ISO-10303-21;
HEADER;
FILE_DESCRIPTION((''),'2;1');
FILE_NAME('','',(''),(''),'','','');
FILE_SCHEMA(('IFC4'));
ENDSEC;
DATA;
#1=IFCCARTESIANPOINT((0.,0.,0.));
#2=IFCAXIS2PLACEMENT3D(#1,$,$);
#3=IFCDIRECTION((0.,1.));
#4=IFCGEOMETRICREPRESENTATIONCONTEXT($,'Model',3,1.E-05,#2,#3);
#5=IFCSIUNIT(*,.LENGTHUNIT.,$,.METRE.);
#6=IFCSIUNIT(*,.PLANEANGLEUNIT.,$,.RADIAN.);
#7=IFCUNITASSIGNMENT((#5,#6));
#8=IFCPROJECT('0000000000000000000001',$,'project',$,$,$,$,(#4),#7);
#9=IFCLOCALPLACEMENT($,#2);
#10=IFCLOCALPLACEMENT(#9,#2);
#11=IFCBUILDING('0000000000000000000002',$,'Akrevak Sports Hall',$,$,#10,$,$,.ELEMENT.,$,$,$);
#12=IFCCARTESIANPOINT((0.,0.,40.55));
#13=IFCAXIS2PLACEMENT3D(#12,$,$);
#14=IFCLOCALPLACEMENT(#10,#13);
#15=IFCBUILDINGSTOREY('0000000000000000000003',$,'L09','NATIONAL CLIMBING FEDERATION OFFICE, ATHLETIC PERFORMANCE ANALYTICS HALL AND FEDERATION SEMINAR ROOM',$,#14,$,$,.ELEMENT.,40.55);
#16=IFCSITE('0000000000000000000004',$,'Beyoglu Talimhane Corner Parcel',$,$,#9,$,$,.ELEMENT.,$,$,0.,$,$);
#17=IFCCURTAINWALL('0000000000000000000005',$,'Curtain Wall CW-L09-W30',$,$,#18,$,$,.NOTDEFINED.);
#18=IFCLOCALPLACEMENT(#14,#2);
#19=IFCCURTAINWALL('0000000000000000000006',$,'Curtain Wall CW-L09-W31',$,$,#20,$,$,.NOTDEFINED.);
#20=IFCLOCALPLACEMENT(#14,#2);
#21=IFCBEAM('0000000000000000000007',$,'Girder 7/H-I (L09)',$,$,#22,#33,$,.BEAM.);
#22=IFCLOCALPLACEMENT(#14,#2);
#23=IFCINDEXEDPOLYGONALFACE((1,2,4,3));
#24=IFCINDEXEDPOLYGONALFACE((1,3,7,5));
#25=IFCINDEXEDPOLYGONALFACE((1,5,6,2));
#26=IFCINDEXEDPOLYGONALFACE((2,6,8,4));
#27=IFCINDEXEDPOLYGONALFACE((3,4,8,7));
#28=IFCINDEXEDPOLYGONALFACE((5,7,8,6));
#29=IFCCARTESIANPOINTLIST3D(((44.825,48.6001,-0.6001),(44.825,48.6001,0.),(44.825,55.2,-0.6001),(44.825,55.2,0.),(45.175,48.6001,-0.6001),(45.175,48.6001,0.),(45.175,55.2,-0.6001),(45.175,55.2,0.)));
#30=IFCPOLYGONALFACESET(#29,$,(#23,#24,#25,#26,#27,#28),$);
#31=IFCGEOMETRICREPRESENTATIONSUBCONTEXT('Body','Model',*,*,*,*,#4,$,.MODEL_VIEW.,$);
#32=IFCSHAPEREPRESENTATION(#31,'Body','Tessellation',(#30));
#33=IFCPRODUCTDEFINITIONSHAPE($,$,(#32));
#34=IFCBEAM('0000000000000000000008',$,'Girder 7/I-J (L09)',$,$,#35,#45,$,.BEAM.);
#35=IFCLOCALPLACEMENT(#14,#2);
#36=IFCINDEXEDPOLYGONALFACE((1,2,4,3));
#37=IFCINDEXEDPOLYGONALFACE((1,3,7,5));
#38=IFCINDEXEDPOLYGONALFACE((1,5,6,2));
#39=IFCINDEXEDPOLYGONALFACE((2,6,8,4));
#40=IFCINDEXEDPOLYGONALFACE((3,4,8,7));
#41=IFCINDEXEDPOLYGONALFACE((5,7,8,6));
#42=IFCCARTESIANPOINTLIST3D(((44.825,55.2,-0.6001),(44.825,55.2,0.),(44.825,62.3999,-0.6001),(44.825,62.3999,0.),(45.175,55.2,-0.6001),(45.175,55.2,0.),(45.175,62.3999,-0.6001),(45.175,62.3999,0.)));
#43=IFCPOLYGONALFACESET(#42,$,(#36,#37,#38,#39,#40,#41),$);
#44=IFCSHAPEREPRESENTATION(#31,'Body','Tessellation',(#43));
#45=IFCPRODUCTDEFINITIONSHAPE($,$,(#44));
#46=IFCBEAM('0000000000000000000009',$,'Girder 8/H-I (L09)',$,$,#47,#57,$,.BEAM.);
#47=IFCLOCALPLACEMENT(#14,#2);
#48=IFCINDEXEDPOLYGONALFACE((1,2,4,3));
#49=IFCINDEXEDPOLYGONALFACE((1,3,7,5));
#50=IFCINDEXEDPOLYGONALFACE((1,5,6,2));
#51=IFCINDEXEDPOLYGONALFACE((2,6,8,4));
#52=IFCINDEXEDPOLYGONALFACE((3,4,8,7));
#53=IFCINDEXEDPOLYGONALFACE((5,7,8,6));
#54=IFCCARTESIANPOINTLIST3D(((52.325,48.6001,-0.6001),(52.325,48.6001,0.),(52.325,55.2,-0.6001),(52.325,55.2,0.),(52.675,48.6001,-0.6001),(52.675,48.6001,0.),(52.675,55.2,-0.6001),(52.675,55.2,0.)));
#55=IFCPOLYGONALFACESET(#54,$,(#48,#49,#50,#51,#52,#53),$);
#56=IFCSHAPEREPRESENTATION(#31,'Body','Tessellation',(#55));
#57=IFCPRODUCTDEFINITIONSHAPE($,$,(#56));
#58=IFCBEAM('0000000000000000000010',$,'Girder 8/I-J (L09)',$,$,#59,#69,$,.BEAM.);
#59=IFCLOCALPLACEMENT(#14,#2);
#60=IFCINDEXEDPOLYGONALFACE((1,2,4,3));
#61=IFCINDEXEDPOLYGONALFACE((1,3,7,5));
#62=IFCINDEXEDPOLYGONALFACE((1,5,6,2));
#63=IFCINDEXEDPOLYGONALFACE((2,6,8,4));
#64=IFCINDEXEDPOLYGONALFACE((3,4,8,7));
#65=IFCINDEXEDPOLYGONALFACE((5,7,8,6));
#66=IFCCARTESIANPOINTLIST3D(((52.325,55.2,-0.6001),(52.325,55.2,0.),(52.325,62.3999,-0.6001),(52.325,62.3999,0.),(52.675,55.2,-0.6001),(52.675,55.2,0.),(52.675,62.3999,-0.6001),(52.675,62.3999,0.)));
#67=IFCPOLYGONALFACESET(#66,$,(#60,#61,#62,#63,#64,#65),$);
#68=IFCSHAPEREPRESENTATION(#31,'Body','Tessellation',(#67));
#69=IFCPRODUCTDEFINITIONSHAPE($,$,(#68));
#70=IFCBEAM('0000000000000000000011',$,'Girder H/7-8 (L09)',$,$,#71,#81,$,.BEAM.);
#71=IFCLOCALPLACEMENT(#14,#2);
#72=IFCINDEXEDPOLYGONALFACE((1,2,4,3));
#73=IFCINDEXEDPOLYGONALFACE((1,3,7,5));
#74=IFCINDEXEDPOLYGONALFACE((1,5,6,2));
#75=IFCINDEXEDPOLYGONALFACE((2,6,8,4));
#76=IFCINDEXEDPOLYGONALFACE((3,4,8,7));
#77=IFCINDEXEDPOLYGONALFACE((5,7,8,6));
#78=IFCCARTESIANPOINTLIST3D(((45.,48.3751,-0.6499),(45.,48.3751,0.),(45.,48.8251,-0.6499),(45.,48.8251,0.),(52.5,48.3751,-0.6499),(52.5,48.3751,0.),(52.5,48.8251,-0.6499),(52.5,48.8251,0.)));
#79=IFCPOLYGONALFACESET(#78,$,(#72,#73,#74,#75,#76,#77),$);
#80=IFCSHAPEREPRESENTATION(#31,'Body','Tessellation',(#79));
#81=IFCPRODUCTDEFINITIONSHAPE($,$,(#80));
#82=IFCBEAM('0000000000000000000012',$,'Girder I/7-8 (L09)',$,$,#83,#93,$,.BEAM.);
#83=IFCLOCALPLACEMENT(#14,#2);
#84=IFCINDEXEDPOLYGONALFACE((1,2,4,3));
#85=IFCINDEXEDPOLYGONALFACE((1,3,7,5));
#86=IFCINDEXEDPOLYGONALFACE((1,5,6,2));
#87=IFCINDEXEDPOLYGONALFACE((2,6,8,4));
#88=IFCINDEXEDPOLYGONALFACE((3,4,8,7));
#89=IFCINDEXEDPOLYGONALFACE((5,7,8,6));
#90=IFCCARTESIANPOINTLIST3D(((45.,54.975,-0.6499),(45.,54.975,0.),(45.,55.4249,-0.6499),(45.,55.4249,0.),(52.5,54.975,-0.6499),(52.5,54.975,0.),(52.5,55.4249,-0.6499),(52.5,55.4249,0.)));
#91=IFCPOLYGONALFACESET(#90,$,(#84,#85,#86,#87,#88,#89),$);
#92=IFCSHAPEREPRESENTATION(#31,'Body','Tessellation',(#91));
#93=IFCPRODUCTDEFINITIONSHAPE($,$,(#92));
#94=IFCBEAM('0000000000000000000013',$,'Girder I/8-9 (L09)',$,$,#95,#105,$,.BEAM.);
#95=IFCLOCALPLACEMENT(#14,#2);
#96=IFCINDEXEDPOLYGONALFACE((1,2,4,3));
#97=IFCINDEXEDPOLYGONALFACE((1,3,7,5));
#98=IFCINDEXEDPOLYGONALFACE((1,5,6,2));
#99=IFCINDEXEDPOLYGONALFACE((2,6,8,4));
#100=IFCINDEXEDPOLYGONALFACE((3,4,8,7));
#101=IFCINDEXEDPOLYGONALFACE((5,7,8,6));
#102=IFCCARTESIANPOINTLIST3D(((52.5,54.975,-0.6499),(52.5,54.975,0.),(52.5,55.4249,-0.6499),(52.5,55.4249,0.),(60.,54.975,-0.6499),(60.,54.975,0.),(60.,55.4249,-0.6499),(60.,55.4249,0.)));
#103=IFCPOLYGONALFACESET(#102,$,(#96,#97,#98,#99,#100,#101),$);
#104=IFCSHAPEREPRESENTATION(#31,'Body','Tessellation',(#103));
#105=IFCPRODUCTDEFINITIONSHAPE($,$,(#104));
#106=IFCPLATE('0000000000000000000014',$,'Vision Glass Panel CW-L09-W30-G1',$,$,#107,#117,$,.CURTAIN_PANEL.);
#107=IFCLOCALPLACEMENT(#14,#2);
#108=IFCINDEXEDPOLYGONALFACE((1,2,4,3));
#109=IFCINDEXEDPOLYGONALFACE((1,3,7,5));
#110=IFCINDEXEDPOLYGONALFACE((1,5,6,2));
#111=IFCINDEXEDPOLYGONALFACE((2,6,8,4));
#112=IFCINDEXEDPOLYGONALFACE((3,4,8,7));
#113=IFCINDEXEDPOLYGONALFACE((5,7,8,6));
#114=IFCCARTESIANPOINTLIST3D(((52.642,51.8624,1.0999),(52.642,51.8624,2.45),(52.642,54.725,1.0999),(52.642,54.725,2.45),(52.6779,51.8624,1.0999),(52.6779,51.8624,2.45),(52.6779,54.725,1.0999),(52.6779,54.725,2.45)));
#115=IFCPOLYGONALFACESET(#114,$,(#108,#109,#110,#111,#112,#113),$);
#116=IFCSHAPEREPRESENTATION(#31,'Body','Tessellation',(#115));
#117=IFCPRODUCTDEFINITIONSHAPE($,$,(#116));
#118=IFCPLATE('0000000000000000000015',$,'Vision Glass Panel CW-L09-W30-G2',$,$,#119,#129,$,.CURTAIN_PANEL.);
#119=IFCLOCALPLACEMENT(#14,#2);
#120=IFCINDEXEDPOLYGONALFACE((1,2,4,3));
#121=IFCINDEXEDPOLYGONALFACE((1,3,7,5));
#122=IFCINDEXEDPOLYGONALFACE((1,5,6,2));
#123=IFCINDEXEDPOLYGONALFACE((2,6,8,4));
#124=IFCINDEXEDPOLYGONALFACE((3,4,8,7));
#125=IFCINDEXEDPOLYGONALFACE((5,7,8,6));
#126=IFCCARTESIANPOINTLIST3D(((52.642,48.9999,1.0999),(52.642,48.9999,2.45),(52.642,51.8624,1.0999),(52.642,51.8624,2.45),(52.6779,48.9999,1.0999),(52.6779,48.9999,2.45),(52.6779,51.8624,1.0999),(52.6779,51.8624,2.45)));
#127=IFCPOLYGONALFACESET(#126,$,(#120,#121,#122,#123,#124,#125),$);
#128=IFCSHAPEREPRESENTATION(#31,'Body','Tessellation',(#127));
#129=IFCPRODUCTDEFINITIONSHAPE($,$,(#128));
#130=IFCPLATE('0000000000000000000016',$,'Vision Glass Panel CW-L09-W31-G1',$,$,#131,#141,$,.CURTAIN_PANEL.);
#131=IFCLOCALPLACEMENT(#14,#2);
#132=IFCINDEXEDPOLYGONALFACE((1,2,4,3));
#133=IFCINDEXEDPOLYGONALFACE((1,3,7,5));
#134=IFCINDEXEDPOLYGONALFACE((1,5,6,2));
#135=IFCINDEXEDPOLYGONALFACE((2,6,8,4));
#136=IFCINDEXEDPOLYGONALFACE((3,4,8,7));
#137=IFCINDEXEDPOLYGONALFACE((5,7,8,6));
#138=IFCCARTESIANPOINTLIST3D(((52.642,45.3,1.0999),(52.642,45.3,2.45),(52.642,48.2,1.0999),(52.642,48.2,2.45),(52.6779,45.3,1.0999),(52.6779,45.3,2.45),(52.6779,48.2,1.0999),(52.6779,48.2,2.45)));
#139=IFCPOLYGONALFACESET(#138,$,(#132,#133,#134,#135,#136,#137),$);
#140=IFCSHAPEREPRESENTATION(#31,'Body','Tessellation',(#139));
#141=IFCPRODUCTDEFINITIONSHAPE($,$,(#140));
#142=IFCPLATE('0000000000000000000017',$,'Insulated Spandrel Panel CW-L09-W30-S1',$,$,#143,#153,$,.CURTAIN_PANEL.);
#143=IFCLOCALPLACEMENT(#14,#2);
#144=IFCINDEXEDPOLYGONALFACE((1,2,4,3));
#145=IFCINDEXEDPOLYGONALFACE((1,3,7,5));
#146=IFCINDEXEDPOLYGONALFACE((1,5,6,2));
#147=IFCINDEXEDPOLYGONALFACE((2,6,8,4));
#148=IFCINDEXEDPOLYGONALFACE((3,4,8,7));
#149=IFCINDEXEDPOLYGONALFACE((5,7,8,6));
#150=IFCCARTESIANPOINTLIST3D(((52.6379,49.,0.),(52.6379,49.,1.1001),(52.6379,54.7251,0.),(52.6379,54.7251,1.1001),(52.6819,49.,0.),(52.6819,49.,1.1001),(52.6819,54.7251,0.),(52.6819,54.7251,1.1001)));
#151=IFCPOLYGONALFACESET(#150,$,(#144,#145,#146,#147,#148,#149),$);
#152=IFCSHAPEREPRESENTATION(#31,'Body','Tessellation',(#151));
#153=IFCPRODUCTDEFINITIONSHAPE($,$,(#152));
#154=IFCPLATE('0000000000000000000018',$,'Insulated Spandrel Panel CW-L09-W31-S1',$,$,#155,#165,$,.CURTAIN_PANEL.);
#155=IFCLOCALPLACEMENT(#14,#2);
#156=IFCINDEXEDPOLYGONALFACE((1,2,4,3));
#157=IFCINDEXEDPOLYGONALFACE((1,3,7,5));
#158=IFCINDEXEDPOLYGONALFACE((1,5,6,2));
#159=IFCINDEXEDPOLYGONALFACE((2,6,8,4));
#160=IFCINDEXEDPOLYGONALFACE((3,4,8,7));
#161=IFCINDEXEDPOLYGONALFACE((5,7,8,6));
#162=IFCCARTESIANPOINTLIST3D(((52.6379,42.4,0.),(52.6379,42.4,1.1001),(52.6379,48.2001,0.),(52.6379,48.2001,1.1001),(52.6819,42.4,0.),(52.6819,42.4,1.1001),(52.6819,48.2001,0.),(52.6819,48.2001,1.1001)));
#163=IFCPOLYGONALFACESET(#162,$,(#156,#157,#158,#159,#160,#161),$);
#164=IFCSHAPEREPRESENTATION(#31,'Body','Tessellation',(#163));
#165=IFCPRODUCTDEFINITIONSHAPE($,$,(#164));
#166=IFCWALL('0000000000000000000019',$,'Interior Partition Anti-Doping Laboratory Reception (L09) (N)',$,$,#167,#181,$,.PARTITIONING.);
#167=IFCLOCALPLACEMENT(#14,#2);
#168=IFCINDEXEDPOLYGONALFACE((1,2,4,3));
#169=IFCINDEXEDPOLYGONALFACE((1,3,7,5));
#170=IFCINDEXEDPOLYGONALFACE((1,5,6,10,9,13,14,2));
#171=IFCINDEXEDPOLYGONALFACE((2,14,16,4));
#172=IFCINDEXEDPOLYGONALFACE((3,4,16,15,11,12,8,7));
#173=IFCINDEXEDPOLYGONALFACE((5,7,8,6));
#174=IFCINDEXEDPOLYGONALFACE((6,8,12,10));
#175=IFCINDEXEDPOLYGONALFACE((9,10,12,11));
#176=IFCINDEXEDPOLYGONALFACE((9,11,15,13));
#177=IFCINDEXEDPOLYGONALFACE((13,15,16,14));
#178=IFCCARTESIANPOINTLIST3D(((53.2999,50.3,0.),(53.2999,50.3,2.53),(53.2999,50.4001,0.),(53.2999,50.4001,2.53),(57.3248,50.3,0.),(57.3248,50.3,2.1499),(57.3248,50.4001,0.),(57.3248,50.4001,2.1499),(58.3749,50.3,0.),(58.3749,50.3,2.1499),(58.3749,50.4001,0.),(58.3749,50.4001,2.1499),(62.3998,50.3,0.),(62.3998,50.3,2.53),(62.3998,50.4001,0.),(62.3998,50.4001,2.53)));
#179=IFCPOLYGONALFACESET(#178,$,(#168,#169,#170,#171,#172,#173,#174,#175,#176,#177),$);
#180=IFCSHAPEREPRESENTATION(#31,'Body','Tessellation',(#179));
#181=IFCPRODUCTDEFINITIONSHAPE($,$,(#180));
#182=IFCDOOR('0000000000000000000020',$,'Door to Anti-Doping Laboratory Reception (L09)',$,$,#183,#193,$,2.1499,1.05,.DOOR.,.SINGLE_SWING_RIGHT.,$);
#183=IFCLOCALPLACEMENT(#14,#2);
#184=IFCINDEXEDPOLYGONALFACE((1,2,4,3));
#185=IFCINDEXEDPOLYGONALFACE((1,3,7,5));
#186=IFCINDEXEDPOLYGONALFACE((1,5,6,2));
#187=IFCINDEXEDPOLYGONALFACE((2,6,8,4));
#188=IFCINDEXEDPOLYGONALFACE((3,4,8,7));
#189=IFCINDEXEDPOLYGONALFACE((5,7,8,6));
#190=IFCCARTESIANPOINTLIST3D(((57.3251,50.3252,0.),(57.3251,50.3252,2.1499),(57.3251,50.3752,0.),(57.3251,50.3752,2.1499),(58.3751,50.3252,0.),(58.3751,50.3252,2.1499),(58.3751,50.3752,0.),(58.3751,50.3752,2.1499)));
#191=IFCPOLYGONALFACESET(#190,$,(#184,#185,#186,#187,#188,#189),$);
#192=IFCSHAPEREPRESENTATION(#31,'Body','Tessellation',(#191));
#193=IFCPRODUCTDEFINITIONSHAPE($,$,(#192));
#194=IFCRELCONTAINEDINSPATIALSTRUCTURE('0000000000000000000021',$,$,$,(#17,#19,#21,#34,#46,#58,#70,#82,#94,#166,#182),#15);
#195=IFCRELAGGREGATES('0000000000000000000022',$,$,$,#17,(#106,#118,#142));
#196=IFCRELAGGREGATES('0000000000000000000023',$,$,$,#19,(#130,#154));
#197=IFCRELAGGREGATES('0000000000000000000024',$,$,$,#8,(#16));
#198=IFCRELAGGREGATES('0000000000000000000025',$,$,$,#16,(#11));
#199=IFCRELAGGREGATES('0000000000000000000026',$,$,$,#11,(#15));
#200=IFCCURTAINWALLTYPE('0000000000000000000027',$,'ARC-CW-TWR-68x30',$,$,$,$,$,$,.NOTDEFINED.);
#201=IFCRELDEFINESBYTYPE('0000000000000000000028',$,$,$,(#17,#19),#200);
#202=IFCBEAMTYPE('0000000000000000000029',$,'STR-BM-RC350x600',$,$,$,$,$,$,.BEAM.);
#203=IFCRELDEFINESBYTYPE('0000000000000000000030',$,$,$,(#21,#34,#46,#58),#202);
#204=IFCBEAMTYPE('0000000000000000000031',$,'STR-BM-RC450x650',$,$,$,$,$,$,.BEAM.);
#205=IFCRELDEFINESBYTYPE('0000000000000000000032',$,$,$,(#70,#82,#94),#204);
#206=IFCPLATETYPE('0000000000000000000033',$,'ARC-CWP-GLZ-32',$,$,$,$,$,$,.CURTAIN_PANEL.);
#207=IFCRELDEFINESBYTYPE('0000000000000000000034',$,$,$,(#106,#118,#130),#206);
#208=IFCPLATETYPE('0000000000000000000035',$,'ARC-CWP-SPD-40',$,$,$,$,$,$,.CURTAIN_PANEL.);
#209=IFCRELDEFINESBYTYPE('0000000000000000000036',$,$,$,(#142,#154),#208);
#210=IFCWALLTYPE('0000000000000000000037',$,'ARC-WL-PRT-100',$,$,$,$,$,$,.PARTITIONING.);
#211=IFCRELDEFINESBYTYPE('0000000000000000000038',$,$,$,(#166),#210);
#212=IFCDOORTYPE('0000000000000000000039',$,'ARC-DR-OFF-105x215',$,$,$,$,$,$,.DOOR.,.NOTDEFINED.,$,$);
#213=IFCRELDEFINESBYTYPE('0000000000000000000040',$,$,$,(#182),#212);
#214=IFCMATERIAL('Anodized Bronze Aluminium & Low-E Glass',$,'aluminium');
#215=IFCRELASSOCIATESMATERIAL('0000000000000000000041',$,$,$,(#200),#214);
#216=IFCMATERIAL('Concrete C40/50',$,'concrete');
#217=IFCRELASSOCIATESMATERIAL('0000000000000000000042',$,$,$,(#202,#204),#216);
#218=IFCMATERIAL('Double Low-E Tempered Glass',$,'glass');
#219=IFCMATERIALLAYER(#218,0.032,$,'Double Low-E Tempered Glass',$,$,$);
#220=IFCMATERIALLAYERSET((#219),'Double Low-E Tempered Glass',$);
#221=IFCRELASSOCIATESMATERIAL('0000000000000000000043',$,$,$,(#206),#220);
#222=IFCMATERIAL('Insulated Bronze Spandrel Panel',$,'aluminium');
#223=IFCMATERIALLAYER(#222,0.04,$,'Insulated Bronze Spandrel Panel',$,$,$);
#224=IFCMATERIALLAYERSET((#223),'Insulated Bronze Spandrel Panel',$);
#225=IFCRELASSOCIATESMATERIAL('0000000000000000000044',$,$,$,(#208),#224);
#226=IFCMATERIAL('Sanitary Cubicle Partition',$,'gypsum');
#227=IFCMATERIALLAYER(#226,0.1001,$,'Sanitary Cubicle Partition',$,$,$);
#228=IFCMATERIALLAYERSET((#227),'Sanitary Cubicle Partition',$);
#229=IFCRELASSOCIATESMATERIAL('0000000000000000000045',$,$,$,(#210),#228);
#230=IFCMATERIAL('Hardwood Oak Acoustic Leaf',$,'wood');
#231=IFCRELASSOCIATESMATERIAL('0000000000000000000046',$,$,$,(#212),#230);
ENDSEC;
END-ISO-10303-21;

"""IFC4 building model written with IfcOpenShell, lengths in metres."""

from ifc_helpers import new_model, si_unit, direction, frame, frame_2d, origin, origin_2d, place, context, subcontext, project, spatial, rectangle, extrude, material, layer, layer_set, material_profile, profile_set, type_object, element, fill, aggregate, save


model = new_model("IFC4")

# Units and contexts
model_context = context("Model", 3, precision=1e-05, world=origin(), true_north=direction((0.0, 1.0)))
body_context = subcontext(model_context, "Body", "Model", "MODEL_VIEW")
ifc_project = project(units=[si_unit("LENGTHUNIT", "METRE"), si_unit("PLANEANGLEUNIT", "RADIAN")], contexts=[model_context])

# Site, building, storey
site_placement = place(None, origin())
site = spatial("IfcSite", under=ifc_project, at=site_placement, Name="Beyoglu Talimhane Corner Parcel", CompositionType="ELEMENT", RefElevation=0.0)
building_placement = place(site_placement, origin())
building = spatial("IfcBuilding", under=site, at=building_placement, Name="Akrevak Sports Hall", CompositionType="ELEMENT")
storey_placement = place(building_placement, frame((0.0, 0.0, 40.55)))
storey = spatial("IfcBuildingStorey", under=building, at=storey_placement, Name="L09", Description="NATIONAL CLIMBING FEDERATION OFFICE, ATHLETIC PERFORMANCE ANALYTICS HALL AND FEDERATION SEMINAR ROOM", CompositionType="ELEMENT", Elevation=40.55)

# Shared definitions
ifc_material_1 = material(Name="Concrete C40/50", Category="concrete")

# Curtain wall
ifc_material_2 = material(Name="Anodized Bronze Aluminium & Low-E Glass", Category="aluminium")
curtain_wall_type = type_object("IfcCurtainWallType", Name="ARC-CW-TWR-68x30", PredefinedType="NOTDEFINED", material=ifc_material_2)
curtain_wall_1_placement = place(storey_placement, origin())
curtain_wall_1 = element("IfcCurtainWall", 1, at=curtain_wall_1_placement, inside=storey, type_object=curtain_wall_type, Name="Curtain Wall CW-L09-W30", PredefinedType="NOTDEFINED")

# Curtain wall
curtain_wall_2_placement = place(storey_placement, origin())
curtain_wall_2 = element("IfcCurtainWall", 2, at=curtain_wall_2_placement, inside=storey, type_object=curtain_wall_type, Name="Curtain Wall CW-L09-W31", PredefinedType="NOTDEFINED")

# Beams
ifc_material_profile_1 = material_profile(ifc_material_1, rectangle(XDim=0.3501, YDim=0.6001, at=origin_2d()), Name="BM 350x600", Category="concrete")
ifc_profile_set_1 = profile_set([ifc_material_profile_1], Name="Concrete C40/50")
beam_type_1 = type_object("IfcBeamType", Name="STR-BM-RC350x600", PredefinedType="BEAM", material=ifc_profile_set_1)
beam_1_placement = place(storey_placement, frame((45.0, 48.6001, -0.3), z_axis=(0.0, 1.0, 0.0), x_axis=(-1.0, 0.0, 0.0)))
element("IfcBeam", 3, at=beam_1_placement, inside=storey, type_object=beam_type_1, Name="Girder 7/H-I (L09)", PredefinedType="BEAM", context=body_context, shape_type="SweptSolid", body=[
    extrude(rectangle(XDim=0.3501, YDim=0.6001, at=origin_2d()), origin(), (0.0, 0.0, 1.0), 6.5999),
])
beam_2_placement = place(storey_placement, frame((45.0, 55.2, -0.3), z_axis=(0.0, 1.0, 0.0), x_axis=(-1.0, 0.0, 0.0)))
element("IfcBeam", 4, at=beam_2_placement, inside=storey, type_object=beam_type_1, Name="Girder 7/I-J (L09)", PredefinedType="BEAM", context=body_context, shape_type="SweptSolid", body=[
    extrude(rectangle(XDim=0.3501, YDim=0.6001, at=origin_2d()), origin(), (0.0, 0.0, 1.0), 7.2),
])
beam_3_placement = place(storey_placement, frame((52.5, 48.6001, -0.3), z_axis=(0.0, 1.0, 0.0), x_axis=(-1.0, 0.0, 0.0)))
element("IfcBeam", 5, at=beam_3_placement, inside=storey, type_object=beam_type_1, Name="Girder 8/H-I (L09)", PredefinedType="BEAM", context=body_context, shape_type="SweptSolid", body=[
    extrude(rectangle(XDim=0.3501, YDim=0.6001, at=origin_2d()), origin(), (0.0, 0.0, 1.0), 6.5999),
])
beam_4_placement = place(storey_placement, frame((52.5, 55.2, -0.3), z_axis=(0.0, 1.0, 0.0), x_axis=(-1.0, 0.0, 0.0)))
element("IfcBeam", 6, at=beam_4_placement, inside=storey, type_object=beam_type_1, Name="Girder 8/I-J (L09)", PredefinedType="BEAM", context=body_context, shape_type="SweptSolid", body=[
    extrude(rectangle(XDim=0.3501, YDim=0.6001, at=origin_2d()), origin(), (0.0, 0.0, 1.0), 7.2),
])
ifc_material_profile_2 = material_profile(ifc_material_1, rectangle(XDim=0.45, YDim=0.6499, at=origin_2d()), Name="BM 450x650", Category="concrete")
ifc_profile_set_2 = profile_set([ifc_material_profile_2], Name="Concrete C40/50")
beam_type_2 = type_object("IfcBeamType", Name="STR-BM-RC450x650", PredefinedType="BEAM", material=ifc_profile_set_2)
for number, where, z_axis, x_axis, name in (
    (7, (45.0, 48.6001, -0.325), (1.0, 0.0, 0.0), (0.0, 1.0, 0.0), "Girder H/7-8 (L09)"),
    (8, (45.0, 55.2, -0.325), (1.0, 0.0, 0.0), (0.0, 1.0, 0.0), "Girder I/7-8 (L09)"),
    (9, (52.5, 55.2, -0.325), (1.0, 0.0, 0.0), (0.0, 1.0, 0.0), "Girder I/8-9 (L09)"),
):
    element("IfcBeam", number, at=place(storey_placement, frame(where, z_axis=z_axis, x_axis=x_axis)), inside=storey, type_object=beam_type_2, Name=name, PredefinedType="BEAM", context=body_context, shape_type="SweptSolid", body=[
        extrude(rectangle(XDim=0.45, YDim=0.6499, at=origin_2d()), origin(), (0.0, 0.0, 1.0), 7.5),
    ])

# Plates
ifc_material_3 = material(Name="Double Low-E Tempered Glass", Category="glass")
ifc_layer_1 = layer(ifc_material_3, 0.032, Name="Double Low-E Tempered Glass")
ifc_layer_set_1 = layer_set([ifc_layer_1], Name="Double Low-E Tempered Glass")
plate_type_1 = type_object("IfcPlateType", Name="ARC-CWP-GLZ-32", PredefinedType="CURTAIN_PANEL", material=ifc_layer_set_1)
plate_1_placement = place(storey_placement, frame((52.6599, 53.2937, 1.0999), z_axis=(0.0, 0.0, 1.0), x_axis=(0.0, -1.0, 0.0)))
plate_1 = element("IfcPlate", 10, at=plate_1_placement, type_object=plate_type_1, Name="Vision Glass Panel CW-L09-W30-G1", PredefinedType="CURTAIN_PANEL", context=body_context, shape_type="SweptSolid", body=[
    extrude(rectangle(XDim=2.8625, YDim=0.0359, at=origin_2d()), origin(), (0.0, 0.0, 1.0), 1.3501),
])
plate_2_placement = place(storey_placement, frame((52.6599, 50.4312, 1.0999), z_axis=(0.0, 0.0, 1.0), x_axis=(0.0, -1.0, 0.0)))
plate_2 = element("IfcPlate", 11, at=plate_2_placement, type_object=plate_type_1, Name="Vision Glass Panel CW-L09-W30-G2", PredefinedType="CURTAIN_PANEL", context=body_context, shape_type="SweptSolid", body=[
    extrude(rectangle(XDim=2.8625, YDim=0.0359, at=origin_2d()), origin(), (0.0, 0.0, 1.0), 1.3501),
])
plate_3_placement = place(storey_placement, frame((52.6599, 46.75, 1.0999), z_axis=(0.0, 0.0, 1.0), x_axis=(0.0, -1.0, 0.0)))
plate_3 = element("IfcPlate", 12, at=plate_3_placement, type_object=plate_type_1, Name="Vision Glass Panel CW-L09-W31-G1", PredefinedType="CURTAIN_PANEL", context=body_context, shape_type="SweptSolid", body=[
    extrude(rectangle(XDim=2.8999, YDim=0.0359, at=origin_2d()), origin(), (0.0, 0.0, 1.0), 1.3501),
])
ifc_material_4 = material(Name="Insulated Bronze Spandrel Panel", Category="aluminium")
ifc_layer_2 = layer(ifc_material_4, 0.04, Name="Insulated Bronze Spandrel Panel")
ifc_layer_set_2 = layer_set([ifc_layer_2], Name="Insulated Bronze Spandrel Panel")
plate_type_2 = type_object("IfcPlateType", Name="ARC-CWP-SPD-40", PredefinedType="CURTAIN_PANEL", material=ifc_layer_set_2)
plate_4_placement = place(storey_placement, frame((52.6599, 51.8625, 0.0), z_axis=(0.0, 0.0, 1.0), x_axis=(0.0, -1.0, 0.0)))
plate_4 = element("IfcPlate", 13, at=plate_4_placement, type_object=plate_type_2, Name="Insulated Spandrel Panel CW-L09-W30-S1", PredefinedType="CURTAIN_PANEL", context=body_context, shape_type="SweptSolid", body=[
    extrude(rectangle(XDim=5.7251, YDim=0.0439, at=origin_2d()), origin(), (0.0, 0.0, 1.0), 1.1001),
])
aggregate(curtain_wall_1, [plate_1, plate_2, plate_4])
plate_5_placement = place(storey_placement, frame((52.6599, 45.3, 0.0), z_axis=(0.0, 0.0, 1.0), x_axis=(0.0, -1.0, 0.0)))
plate_5 = element("IfcPlate", 14, at=plate_5_placement, type_object=plate_type_2, Name="Insulated Spandrel Panel CW-L09-W31-S1", PredefinedType="CURTAIN_PANEL", context=body_context, shape_type="SweptSolid", body=[
    extrude(rectangle(XDim=5.8, YDim=0.0439, at=origin_2d()), origin(), (0.0, 0.0, 1.0), 1.1001),
])
aggregate(curtain_wall_2, [plate_3, plate_5])

# Wall, opening, door
ifc_material_5 = material(Name="Sanitary Cubicle Partition", Category="gypsum")
ifc_layer_3 = layer(ifc_material_5, 0.1001, Name="Sanitary Cubicle Partition")
ifc_layer_set_3 = layer_set([ifc_layer_3], Name="Sanitary Cubicle Partition")
wall_type_1 = type_object("IfcWallType", Name="ARC-WL-PRT-100", PredefinedType="PARTITIONING", material=ifc_layer_set_3)
wall_1_placement = place(storey_placement, frame((53.3, 50.3501, 0.0), z_axis=(0.0, 0.0, 1.0), x_axis=(1.0, 0.0, 0.0)))
wall_1 = element("IfcWall", 15, at=wall_1_placement, inside=storey, type_object=wall_type_1, Name="Interior Partition Anti-Doping Laboratory Reception (L09) (N)", PredefinedType="PARTITIONING", context=body_context, shape_type="SweptSolid", body=[
    extrude(rectangle(XDim=9.0999, YDim=0.1001, at=frame_2d((4.5498, 0.0))), origin(), (0.0, 0.0, 1.0), 2.53),
])
opening_1_placement = place(wall_1_placement, frame((4.0249, 0.0, 0.0)))
opening_1 = element("IfcOpeningElement", 16, at=opening_1_placement, cuts=wall_1, PredefinedType="OPENING", context=body_context, shape_type="SweptSolid", body=[
    extrude(rectangle(XDim=1.05, YDim=2.1499, at=frame_2d((0.5249, 1.075))), frame((0.0, 0.062, 0.0), z_axis=(0.0, -1.0, 0.0), x_axis=(1.0, 0.0, 0.0)), (0.0, 0.0, 1.0), 0.124),
])
ifc_material_6 = material(Name="Hardwood Oak Acoustic Leaf", Category="wood")
door_type_1 = type_object("IfcDoorType", Name="ARC-DR-OFF-105x215", OperationType="NOTDEFINED", PredefinedType="DOOR", material=ifc_material_6)
door_1_placement = place(opening_1_placement, frame((1.05, 0.0, 0.0), z_axis=(0.0, 0.0, 1.0), x_axis=(-1.0, 0.0, 0.0)))
door_1 = element("IfcDoor", 17, at=door_1_placement, inside=storey, type_object=door_type_1, Name="Door to Anti-Doping Laboratory Reception (L09)", OperationType="SINGLE_SWING_RIGHT", OverallHeight=2.1499, OverallWidth=1.05, PredefinedType="DOOR", context=body_context, shape_type="SweptSolid", body=[
    extrude(rectangle(XDim=1.05, YDim=2.1499, at=frame_2d((0.5249, 1.075))), frame((0.0, 0.0249, 0.0), z_axis=(0.0, -1.0, 0.0), x_axis=(1.0, 0.0, 0.0)), (0.0, 0.0, 1.0), 0.05),
])
fill(opening_1, door_1)

save(model, "model.ifc")
